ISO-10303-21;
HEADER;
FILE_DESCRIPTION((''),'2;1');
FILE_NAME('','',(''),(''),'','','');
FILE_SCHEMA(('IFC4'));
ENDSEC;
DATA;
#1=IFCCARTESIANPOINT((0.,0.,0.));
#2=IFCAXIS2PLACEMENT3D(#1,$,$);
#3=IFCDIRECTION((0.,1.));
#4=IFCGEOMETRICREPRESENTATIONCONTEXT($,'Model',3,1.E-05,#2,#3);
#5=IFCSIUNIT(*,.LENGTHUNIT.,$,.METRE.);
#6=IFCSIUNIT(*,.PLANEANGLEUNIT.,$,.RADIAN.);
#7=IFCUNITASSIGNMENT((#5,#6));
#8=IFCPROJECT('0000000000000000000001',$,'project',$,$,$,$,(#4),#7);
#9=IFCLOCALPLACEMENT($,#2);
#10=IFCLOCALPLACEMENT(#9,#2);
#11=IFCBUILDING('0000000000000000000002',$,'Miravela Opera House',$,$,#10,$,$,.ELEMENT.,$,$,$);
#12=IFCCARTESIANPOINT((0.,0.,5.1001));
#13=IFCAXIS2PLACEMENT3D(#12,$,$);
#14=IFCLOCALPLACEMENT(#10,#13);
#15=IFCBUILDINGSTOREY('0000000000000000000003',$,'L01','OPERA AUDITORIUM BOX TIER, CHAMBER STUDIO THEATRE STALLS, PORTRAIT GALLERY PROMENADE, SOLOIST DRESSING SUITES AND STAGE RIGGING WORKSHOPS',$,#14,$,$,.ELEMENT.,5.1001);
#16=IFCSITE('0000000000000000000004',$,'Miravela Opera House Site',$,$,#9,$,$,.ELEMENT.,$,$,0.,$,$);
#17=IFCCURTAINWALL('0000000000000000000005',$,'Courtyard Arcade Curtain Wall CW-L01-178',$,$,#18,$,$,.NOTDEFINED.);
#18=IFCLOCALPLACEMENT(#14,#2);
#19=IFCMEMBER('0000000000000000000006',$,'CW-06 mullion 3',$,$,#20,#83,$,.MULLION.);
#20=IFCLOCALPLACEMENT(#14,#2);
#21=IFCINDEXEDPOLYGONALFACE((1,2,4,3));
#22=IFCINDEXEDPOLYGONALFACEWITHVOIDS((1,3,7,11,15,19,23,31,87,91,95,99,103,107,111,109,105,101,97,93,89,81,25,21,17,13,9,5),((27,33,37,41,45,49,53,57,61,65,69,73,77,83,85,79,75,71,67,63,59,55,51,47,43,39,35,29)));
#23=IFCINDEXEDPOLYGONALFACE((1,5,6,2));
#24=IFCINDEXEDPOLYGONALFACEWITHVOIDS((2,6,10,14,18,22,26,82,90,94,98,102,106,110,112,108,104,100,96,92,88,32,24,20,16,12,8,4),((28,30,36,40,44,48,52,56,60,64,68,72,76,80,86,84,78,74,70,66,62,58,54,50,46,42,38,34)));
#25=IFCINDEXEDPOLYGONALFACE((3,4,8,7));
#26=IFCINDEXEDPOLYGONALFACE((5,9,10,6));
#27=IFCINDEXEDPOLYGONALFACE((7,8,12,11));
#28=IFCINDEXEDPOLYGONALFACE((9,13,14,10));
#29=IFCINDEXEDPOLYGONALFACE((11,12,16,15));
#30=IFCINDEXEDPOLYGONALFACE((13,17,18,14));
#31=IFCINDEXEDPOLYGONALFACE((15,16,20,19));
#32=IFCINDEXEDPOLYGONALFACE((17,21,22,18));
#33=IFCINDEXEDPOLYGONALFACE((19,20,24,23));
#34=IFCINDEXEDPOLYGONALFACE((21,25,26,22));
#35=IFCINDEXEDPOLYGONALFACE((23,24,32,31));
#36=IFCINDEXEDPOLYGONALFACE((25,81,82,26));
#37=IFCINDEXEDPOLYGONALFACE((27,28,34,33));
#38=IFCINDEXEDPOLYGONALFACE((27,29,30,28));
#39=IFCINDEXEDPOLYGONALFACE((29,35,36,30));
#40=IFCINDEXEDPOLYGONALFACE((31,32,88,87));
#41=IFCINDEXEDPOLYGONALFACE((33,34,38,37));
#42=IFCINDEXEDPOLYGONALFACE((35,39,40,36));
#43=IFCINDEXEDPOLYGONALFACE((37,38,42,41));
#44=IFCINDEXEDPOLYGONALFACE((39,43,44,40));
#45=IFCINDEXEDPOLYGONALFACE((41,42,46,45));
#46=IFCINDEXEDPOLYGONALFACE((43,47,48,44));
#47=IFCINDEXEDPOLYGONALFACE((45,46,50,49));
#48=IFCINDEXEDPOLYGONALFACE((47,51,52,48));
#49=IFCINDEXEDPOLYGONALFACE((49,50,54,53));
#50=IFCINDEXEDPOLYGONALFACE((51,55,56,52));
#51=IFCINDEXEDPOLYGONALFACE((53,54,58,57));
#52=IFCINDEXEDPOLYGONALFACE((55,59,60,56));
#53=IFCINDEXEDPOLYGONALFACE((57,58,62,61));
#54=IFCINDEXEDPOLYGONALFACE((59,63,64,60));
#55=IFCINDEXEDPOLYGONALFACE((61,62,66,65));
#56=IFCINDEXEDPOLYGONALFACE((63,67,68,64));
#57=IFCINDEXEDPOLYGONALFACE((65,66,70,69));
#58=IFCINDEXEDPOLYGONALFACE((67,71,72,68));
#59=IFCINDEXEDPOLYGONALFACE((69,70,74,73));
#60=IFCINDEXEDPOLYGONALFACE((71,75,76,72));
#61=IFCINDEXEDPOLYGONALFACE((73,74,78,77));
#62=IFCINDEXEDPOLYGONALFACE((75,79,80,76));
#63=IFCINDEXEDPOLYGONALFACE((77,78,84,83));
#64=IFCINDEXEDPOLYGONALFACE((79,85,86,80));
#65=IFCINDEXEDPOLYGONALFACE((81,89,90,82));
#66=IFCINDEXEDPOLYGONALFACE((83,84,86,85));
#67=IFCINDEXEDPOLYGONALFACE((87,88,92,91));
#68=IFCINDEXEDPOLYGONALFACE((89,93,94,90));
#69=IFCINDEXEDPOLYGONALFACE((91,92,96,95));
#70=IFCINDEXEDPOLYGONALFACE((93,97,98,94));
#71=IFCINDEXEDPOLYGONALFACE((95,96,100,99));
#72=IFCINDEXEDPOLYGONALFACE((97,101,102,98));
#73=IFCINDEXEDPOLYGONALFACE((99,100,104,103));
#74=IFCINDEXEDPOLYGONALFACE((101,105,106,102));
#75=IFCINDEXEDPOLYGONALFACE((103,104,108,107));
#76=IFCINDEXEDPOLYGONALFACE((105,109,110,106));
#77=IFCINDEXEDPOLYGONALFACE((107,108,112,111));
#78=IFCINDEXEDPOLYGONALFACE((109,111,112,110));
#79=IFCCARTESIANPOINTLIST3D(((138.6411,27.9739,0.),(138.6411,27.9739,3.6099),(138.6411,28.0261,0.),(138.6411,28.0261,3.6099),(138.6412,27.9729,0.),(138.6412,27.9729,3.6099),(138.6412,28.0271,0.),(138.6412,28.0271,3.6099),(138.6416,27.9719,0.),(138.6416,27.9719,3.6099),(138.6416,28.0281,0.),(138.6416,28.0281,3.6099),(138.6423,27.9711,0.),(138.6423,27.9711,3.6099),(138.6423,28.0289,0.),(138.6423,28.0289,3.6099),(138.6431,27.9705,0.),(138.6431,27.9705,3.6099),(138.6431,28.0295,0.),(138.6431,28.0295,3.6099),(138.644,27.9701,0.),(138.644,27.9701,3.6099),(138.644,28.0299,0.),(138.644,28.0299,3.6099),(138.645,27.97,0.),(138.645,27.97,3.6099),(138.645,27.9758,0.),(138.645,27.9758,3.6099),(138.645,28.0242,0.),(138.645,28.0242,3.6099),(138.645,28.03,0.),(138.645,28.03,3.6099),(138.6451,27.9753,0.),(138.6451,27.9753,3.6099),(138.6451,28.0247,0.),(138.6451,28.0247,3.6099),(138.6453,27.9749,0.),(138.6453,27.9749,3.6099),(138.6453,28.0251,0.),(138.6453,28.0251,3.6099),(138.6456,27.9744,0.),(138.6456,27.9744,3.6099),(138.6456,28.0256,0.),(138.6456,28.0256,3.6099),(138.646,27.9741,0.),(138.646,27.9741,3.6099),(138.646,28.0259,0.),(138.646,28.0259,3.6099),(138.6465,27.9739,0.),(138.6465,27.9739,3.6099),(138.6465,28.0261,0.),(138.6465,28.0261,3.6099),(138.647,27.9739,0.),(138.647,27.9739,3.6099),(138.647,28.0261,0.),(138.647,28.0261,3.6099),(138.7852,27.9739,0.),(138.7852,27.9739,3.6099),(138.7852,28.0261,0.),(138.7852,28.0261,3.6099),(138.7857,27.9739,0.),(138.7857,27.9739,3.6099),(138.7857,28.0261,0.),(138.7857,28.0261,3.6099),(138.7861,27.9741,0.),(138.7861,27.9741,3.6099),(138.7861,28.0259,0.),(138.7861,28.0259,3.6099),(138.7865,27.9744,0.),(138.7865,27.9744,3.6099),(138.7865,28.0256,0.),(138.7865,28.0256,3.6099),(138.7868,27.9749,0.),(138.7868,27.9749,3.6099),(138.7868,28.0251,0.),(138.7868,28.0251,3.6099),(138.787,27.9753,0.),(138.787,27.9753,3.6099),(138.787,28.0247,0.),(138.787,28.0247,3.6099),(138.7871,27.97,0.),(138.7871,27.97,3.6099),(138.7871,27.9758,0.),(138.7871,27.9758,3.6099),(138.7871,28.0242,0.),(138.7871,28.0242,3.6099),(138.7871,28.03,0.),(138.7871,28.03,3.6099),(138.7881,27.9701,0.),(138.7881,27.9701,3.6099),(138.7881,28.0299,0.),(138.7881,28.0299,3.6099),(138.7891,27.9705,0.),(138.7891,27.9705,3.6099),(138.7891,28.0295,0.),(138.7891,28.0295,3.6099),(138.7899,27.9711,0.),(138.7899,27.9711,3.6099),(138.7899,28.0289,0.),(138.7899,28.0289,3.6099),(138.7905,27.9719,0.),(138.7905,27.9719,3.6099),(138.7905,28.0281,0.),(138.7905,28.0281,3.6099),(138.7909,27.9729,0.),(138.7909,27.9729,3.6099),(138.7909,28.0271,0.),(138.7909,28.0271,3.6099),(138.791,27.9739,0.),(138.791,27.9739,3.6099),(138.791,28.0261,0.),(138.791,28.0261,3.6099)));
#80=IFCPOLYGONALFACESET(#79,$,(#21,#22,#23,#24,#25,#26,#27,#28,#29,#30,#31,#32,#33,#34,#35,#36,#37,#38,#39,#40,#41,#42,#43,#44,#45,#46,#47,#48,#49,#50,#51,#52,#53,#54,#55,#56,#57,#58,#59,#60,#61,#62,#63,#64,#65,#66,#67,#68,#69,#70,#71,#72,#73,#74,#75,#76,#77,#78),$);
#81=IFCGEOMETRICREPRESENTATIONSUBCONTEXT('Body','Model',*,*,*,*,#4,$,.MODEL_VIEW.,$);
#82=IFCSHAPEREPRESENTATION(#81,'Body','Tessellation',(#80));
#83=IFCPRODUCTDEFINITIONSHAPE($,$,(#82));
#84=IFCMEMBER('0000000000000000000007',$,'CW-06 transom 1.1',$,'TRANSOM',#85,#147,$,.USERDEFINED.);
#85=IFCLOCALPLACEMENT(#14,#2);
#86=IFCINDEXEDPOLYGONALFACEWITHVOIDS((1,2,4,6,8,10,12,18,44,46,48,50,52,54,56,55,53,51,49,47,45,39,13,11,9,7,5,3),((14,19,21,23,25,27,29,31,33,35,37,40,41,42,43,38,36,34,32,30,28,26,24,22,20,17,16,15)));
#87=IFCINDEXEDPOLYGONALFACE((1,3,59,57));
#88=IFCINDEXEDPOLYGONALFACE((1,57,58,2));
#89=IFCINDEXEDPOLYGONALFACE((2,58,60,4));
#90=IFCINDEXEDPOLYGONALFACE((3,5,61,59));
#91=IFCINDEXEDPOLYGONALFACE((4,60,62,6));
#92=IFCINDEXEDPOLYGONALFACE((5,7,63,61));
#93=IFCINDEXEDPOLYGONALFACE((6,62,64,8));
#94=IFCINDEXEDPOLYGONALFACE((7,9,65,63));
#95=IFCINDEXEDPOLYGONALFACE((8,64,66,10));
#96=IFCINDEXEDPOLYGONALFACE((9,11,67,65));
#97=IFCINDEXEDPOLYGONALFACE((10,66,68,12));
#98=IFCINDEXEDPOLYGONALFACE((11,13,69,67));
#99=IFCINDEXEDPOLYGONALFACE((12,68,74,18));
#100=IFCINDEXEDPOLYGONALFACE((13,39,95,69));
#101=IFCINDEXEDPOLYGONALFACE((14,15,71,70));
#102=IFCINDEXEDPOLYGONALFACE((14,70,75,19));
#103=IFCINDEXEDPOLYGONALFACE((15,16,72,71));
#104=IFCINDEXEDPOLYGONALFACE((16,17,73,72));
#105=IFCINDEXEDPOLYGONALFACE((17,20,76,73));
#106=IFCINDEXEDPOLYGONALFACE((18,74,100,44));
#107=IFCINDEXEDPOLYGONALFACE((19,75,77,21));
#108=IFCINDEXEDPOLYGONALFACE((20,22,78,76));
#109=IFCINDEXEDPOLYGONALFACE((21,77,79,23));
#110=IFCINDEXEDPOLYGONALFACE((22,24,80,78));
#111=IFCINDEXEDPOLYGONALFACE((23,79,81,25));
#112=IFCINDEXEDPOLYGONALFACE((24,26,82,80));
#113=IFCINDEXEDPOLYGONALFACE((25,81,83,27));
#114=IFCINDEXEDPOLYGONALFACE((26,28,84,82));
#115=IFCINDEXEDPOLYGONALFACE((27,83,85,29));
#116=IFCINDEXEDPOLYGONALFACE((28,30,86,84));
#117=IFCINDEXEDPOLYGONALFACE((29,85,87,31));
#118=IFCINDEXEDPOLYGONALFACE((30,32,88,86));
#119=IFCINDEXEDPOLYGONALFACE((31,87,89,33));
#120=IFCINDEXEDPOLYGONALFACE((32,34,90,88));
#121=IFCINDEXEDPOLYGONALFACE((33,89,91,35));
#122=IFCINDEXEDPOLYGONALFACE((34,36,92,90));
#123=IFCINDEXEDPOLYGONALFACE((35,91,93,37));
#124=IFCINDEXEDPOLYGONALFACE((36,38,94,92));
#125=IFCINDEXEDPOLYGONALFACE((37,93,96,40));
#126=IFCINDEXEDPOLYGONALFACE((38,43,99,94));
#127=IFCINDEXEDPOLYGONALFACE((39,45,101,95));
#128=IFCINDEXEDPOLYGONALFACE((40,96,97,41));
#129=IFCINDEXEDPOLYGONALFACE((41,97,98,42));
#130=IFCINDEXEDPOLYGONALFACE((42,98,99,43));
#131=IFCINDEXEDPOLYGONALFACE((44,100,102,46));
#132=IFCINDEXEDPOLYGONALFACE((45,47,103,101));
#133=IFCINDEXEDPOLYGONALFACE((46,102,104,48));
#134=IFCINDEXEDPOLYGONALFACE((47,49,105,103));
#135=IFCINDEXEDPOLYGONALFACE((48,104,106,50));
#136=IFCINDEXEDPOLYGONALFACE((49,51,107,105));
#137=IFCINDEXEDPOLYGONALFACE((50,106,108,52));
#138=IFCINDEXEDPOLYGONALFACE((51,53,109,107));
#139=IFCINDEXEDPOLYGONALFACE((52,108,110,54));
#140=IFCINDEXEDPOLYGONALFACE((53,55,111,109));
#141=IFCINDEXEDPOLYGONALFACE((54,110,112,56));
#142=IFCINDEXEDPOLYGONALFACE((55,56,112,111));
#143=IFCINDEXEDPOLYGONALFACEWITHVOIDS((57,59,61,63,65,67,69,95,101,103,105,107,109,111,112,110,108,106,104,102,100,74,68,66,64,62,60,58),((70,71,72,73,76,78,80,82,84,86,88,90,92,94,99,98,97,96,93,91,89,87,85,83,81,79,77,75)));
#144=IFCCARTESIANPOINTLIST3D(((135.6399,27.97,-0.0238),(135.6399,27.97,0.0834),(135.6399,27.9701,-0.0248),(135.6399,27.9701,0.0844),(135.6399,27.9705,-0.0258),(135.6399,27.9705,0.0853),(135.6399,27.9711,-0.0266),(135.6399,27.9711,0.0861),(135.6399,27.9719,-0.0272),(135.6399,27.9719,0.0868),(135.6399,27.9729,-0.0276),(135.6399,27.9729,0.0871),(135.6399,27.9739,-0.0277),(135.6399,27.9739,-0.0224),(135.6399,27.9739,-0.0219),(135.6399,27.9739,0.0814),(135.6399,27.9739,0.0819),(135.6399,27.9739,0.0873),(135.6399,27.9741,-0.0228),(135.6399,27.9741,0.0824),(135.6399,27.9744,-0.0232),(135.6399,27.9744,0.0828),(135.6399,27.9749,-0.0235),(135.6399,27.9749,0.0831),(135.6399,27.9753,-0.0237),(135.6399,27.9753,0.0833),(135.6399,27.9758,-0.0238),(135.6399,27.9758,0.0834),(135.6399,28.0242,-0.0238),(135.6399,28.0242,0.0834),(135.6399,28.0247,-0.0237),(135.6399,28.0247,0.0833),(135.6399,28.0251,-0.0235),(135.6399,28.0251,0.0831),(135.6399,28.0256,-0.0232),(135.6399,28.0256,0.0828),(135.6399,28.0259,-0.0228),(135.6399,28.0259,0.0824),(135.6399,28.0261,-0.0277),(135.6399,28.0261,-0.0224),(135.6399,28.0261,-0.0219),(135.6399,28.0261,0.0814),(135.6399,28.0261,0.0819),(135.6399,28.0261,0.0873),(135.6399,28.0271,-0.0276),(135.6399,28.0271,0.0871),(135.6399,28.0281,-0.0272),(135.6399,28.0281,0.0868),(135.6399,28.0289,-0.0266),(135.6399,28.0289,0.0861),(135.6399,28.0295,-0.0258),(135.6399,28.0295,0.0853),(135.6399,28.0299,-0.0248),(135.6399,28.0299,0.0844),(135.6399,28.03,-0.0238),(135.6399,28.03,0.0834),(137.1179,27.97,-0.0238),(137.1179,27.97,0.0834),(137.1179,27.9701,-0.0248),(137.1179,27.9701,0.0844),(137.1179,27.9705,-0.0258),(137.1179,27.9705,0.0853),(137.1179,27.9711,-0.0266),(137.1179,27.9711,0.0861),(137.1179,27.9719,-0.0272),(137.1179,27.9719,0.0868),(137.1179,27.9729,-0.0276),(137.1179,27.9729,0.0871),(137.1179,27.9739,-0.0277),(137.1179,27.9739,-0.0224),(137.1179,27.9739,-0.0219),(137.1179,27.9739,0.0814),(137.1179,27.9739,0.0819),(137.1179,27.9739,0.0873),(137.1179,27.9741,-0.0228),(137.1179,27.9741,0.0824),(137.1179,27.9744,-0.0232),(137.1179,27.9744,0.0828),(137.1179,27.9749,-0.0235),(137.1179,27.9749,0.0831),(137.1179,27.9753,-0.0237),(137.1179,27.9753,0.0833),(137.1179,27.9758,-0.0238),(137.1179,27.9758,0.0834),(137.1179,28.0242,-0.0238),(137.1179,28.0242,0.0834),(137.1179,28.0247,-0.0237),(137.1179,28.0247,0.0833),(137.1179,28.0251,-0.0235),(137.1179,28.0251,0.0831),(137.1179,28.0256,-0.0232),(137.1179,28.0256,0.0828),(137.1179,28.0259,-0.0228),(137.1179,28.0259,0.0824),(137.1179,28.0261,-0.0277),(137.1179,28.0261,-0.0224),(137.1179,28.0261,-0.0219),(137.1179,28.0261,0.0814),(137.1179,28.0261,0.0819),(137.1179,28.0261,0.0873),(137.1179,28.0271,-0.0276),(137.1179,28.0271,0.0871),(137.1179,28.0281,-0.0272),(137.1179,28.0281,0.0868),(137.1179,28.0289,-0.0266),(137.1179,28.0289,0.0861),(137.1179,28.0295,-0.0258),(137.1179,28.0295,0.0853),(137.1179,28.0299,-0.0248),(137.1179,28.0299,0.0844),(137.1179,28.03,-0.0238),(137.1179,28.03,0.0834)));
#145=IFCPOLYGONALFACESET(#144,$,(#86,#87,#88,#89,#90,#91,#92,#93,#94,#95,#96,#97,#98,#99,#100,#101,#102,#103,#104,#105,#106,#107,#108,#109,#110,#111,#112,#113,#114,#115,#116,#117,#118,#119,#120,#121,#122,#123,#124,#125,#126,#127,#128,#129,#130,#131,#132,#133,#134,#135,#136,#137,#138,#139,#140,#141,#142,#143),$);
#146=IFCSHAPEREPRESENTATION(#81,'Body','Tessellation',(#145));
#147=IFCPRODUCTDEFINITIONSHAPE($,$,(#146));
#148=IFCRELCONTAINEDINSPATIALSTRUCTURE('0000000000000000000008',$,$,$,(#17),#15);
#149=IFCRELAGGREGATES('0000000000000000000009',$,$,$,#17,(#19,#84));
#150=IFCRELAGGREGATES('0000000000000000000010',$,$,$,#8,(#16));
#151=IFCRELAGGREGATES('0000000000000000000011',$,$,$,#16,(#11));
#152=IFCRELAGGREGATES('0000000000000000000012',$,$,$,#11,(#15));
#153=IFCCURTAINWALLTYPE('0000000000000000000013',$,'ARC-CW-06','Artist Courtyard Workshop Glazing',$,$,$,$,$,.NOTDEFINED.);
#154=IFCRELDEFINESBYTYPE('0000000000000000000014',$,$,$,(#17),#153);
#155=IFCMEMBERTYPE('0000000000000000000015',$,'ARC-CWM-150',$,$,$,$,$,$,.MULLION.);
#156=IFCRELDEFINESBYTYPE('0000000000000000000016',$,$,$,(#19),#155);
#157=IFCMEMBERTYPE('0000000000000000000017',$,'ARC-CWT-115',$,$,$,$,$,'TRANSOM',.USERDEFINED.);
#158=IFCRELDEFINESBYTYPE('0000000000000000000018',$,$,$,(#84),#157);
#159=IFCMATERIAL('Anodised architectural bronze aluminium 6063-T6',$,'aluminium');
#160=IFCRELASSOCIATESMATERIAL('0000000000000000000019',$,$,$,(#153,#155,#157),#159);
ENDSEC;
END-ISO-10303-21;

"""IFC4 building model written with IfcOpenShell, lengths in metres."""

from ifc_helpers import new_model, si_unit, direction, frame, origin, origin_2d, place, context, subcontext, project, spatial, hollow_rectangle, extrude, material, material_profile, profile_set, type_object, element, aggregate, save


model = new_model("IFC4")

# Units and contexts
model_context = context("Model", 3, precision=1e-05, world=origin(), true_north=direction((0.0, 1.0)))
body_context = subcontext(model_context, "Body", "Model", "MODEL_VIEW")
ifc_project = project(units=[si_unit("LENGTHUNIT", "METRE"), si_unit("PLANEANGLEUNIT", "RADIAN")], contexts=[model_context])

# Site, building, storey
site_placement = place(None, origin())
site = spatial("IfcSite", under=ifc_project, at=site_placement, Name="Miravela Opera House Site", CompositionType="ELEMENT", RefElevation=0.0)
building_placement = place(site_placement, origin())
building = spatial("IfcBuilding", under=site, at=building_placement, Name="Miravela Opera House", CompositionType="ELEMENT")
storey_placement = place(building_placement, frame((0.0, 0.0, 5.1001)))
storey = spatial("IfcBuildingStorey", under=building, at=storey_placement, Name="L01", Description="OPERA AUDITORIUM BOX TIER, CHAMBER STUDIO THEATRE STALLS, PORTRAIT GALLERY PROMENADE, SOLOIST DRESSING SUITES AND STAGE RIGGING WORKSHOPS", CompositionType="ELEMENT", Elevation=5.1001)

# Curtain wall, members
ifc_material_1 = material(Name="Anodised architectural bronze aluminium 6063-T6", Category="aluminium")
curtain_wall_type = type_object("IfcCurtainWallType", Name="ARC-CW-06", Description="Artist Courtyard Workshop Glazing", PredefinedType="NOTDEFINED", material=ifc_material_1)
curtain_wall_placement = place(storey_placement, origin())
curtain_wall = element("IfcCurtainWall", 1, at=curtain_wall_placement, inside=storey, type_object=curtain_wall_type, Name="Courtyard Arcade Curtain Wall CW-L01-178", PredefinedType="NOTDEFINED")
ifc_material_profile_1 = material_profile(ifc_material_1, hollow_rectangle(XDim=0.0601, YDim=0.1499, WallThickness=0.0039, InnerFilletRadius=0.002, OuterFilletRadius=0.0039, at=origin_2d()), Name="CWM-60X150")
ifc_profile_set_1 = profile_set([ifc_material_profile_1])
member_type_1 = type_object("IfcMemberType", Name="ARC-CWM-150", PredefinedType="MULLION", material=ifc_profile_set_1)
member_1_placement = place(storey_placement, frame((138.7161, 28.0, 0.0), z_axis=(0.0, 0.0, 1.0), x_axis=(0.0, 1.0, 0.0)))
member_1 = element("IfcMember", 2, at=member_1_placement, type_object=member_type_1, Name="CW-06 mullion 3", PredefinedType="MULLION", context=body_context, shape_type="SweptSolid", body=[
    extrude(hollow_rectangle(XDim=0.0601, YDim=0.1499, WallThickness=0.0039, InnerFilletRadius=0.002, OuterFilletRadius=0.0039, at=origin_2d()), origin(), (0.0, 0.0, 1.0), 3.6099),
])
ifc_material_profile_2 = material_profile(ifc_material_1, hollow_rectangle(XDim=0.0601, YDim=0.115, WallThickness=0.0039, InnerFilletRadius=0.002, OuterFilletRadius=0.0039, at=origin_2d()), Name="CWT-60X115")
ifc_profile_set_2 = profile_set([ifc_material_profile_2])
member_type_2 = type_object("IfcMemberType", Name="ARC-CWT-115", ElementType="TRANSOM", PredefinedType="USERDEFINED", material=ifc_profile_set_2)
member_2_placement = place(storey_placement, frame((135.6399, 28.0, 0.0298), z_axis=(1.0, 0.0, 0.0), x_axis=(0.0, 1.0, 0.0)))
member_2 = element("IfcMember", 3, at=member_2_placement, type_object=member_type_2, Name="CW-06 transom 1.1", ObjectType="TRANSOM", PredefinedType="USERDEFINED", context=body_context, shape_type="SweptSolid", body=[
    extrude(hollow_rectangle(XDim=0.0601, YDim=0.115, WallThickness=0.0039, InnerFilletRadius=0.002, OuterFilletRadius=0.0039, at=origin_2d()), origin(), (0.0, 0.0, 1.0), 1.478),
])

aggregate(curtain_wall, [member_1, member_2])

save(model, "model.ifc")
